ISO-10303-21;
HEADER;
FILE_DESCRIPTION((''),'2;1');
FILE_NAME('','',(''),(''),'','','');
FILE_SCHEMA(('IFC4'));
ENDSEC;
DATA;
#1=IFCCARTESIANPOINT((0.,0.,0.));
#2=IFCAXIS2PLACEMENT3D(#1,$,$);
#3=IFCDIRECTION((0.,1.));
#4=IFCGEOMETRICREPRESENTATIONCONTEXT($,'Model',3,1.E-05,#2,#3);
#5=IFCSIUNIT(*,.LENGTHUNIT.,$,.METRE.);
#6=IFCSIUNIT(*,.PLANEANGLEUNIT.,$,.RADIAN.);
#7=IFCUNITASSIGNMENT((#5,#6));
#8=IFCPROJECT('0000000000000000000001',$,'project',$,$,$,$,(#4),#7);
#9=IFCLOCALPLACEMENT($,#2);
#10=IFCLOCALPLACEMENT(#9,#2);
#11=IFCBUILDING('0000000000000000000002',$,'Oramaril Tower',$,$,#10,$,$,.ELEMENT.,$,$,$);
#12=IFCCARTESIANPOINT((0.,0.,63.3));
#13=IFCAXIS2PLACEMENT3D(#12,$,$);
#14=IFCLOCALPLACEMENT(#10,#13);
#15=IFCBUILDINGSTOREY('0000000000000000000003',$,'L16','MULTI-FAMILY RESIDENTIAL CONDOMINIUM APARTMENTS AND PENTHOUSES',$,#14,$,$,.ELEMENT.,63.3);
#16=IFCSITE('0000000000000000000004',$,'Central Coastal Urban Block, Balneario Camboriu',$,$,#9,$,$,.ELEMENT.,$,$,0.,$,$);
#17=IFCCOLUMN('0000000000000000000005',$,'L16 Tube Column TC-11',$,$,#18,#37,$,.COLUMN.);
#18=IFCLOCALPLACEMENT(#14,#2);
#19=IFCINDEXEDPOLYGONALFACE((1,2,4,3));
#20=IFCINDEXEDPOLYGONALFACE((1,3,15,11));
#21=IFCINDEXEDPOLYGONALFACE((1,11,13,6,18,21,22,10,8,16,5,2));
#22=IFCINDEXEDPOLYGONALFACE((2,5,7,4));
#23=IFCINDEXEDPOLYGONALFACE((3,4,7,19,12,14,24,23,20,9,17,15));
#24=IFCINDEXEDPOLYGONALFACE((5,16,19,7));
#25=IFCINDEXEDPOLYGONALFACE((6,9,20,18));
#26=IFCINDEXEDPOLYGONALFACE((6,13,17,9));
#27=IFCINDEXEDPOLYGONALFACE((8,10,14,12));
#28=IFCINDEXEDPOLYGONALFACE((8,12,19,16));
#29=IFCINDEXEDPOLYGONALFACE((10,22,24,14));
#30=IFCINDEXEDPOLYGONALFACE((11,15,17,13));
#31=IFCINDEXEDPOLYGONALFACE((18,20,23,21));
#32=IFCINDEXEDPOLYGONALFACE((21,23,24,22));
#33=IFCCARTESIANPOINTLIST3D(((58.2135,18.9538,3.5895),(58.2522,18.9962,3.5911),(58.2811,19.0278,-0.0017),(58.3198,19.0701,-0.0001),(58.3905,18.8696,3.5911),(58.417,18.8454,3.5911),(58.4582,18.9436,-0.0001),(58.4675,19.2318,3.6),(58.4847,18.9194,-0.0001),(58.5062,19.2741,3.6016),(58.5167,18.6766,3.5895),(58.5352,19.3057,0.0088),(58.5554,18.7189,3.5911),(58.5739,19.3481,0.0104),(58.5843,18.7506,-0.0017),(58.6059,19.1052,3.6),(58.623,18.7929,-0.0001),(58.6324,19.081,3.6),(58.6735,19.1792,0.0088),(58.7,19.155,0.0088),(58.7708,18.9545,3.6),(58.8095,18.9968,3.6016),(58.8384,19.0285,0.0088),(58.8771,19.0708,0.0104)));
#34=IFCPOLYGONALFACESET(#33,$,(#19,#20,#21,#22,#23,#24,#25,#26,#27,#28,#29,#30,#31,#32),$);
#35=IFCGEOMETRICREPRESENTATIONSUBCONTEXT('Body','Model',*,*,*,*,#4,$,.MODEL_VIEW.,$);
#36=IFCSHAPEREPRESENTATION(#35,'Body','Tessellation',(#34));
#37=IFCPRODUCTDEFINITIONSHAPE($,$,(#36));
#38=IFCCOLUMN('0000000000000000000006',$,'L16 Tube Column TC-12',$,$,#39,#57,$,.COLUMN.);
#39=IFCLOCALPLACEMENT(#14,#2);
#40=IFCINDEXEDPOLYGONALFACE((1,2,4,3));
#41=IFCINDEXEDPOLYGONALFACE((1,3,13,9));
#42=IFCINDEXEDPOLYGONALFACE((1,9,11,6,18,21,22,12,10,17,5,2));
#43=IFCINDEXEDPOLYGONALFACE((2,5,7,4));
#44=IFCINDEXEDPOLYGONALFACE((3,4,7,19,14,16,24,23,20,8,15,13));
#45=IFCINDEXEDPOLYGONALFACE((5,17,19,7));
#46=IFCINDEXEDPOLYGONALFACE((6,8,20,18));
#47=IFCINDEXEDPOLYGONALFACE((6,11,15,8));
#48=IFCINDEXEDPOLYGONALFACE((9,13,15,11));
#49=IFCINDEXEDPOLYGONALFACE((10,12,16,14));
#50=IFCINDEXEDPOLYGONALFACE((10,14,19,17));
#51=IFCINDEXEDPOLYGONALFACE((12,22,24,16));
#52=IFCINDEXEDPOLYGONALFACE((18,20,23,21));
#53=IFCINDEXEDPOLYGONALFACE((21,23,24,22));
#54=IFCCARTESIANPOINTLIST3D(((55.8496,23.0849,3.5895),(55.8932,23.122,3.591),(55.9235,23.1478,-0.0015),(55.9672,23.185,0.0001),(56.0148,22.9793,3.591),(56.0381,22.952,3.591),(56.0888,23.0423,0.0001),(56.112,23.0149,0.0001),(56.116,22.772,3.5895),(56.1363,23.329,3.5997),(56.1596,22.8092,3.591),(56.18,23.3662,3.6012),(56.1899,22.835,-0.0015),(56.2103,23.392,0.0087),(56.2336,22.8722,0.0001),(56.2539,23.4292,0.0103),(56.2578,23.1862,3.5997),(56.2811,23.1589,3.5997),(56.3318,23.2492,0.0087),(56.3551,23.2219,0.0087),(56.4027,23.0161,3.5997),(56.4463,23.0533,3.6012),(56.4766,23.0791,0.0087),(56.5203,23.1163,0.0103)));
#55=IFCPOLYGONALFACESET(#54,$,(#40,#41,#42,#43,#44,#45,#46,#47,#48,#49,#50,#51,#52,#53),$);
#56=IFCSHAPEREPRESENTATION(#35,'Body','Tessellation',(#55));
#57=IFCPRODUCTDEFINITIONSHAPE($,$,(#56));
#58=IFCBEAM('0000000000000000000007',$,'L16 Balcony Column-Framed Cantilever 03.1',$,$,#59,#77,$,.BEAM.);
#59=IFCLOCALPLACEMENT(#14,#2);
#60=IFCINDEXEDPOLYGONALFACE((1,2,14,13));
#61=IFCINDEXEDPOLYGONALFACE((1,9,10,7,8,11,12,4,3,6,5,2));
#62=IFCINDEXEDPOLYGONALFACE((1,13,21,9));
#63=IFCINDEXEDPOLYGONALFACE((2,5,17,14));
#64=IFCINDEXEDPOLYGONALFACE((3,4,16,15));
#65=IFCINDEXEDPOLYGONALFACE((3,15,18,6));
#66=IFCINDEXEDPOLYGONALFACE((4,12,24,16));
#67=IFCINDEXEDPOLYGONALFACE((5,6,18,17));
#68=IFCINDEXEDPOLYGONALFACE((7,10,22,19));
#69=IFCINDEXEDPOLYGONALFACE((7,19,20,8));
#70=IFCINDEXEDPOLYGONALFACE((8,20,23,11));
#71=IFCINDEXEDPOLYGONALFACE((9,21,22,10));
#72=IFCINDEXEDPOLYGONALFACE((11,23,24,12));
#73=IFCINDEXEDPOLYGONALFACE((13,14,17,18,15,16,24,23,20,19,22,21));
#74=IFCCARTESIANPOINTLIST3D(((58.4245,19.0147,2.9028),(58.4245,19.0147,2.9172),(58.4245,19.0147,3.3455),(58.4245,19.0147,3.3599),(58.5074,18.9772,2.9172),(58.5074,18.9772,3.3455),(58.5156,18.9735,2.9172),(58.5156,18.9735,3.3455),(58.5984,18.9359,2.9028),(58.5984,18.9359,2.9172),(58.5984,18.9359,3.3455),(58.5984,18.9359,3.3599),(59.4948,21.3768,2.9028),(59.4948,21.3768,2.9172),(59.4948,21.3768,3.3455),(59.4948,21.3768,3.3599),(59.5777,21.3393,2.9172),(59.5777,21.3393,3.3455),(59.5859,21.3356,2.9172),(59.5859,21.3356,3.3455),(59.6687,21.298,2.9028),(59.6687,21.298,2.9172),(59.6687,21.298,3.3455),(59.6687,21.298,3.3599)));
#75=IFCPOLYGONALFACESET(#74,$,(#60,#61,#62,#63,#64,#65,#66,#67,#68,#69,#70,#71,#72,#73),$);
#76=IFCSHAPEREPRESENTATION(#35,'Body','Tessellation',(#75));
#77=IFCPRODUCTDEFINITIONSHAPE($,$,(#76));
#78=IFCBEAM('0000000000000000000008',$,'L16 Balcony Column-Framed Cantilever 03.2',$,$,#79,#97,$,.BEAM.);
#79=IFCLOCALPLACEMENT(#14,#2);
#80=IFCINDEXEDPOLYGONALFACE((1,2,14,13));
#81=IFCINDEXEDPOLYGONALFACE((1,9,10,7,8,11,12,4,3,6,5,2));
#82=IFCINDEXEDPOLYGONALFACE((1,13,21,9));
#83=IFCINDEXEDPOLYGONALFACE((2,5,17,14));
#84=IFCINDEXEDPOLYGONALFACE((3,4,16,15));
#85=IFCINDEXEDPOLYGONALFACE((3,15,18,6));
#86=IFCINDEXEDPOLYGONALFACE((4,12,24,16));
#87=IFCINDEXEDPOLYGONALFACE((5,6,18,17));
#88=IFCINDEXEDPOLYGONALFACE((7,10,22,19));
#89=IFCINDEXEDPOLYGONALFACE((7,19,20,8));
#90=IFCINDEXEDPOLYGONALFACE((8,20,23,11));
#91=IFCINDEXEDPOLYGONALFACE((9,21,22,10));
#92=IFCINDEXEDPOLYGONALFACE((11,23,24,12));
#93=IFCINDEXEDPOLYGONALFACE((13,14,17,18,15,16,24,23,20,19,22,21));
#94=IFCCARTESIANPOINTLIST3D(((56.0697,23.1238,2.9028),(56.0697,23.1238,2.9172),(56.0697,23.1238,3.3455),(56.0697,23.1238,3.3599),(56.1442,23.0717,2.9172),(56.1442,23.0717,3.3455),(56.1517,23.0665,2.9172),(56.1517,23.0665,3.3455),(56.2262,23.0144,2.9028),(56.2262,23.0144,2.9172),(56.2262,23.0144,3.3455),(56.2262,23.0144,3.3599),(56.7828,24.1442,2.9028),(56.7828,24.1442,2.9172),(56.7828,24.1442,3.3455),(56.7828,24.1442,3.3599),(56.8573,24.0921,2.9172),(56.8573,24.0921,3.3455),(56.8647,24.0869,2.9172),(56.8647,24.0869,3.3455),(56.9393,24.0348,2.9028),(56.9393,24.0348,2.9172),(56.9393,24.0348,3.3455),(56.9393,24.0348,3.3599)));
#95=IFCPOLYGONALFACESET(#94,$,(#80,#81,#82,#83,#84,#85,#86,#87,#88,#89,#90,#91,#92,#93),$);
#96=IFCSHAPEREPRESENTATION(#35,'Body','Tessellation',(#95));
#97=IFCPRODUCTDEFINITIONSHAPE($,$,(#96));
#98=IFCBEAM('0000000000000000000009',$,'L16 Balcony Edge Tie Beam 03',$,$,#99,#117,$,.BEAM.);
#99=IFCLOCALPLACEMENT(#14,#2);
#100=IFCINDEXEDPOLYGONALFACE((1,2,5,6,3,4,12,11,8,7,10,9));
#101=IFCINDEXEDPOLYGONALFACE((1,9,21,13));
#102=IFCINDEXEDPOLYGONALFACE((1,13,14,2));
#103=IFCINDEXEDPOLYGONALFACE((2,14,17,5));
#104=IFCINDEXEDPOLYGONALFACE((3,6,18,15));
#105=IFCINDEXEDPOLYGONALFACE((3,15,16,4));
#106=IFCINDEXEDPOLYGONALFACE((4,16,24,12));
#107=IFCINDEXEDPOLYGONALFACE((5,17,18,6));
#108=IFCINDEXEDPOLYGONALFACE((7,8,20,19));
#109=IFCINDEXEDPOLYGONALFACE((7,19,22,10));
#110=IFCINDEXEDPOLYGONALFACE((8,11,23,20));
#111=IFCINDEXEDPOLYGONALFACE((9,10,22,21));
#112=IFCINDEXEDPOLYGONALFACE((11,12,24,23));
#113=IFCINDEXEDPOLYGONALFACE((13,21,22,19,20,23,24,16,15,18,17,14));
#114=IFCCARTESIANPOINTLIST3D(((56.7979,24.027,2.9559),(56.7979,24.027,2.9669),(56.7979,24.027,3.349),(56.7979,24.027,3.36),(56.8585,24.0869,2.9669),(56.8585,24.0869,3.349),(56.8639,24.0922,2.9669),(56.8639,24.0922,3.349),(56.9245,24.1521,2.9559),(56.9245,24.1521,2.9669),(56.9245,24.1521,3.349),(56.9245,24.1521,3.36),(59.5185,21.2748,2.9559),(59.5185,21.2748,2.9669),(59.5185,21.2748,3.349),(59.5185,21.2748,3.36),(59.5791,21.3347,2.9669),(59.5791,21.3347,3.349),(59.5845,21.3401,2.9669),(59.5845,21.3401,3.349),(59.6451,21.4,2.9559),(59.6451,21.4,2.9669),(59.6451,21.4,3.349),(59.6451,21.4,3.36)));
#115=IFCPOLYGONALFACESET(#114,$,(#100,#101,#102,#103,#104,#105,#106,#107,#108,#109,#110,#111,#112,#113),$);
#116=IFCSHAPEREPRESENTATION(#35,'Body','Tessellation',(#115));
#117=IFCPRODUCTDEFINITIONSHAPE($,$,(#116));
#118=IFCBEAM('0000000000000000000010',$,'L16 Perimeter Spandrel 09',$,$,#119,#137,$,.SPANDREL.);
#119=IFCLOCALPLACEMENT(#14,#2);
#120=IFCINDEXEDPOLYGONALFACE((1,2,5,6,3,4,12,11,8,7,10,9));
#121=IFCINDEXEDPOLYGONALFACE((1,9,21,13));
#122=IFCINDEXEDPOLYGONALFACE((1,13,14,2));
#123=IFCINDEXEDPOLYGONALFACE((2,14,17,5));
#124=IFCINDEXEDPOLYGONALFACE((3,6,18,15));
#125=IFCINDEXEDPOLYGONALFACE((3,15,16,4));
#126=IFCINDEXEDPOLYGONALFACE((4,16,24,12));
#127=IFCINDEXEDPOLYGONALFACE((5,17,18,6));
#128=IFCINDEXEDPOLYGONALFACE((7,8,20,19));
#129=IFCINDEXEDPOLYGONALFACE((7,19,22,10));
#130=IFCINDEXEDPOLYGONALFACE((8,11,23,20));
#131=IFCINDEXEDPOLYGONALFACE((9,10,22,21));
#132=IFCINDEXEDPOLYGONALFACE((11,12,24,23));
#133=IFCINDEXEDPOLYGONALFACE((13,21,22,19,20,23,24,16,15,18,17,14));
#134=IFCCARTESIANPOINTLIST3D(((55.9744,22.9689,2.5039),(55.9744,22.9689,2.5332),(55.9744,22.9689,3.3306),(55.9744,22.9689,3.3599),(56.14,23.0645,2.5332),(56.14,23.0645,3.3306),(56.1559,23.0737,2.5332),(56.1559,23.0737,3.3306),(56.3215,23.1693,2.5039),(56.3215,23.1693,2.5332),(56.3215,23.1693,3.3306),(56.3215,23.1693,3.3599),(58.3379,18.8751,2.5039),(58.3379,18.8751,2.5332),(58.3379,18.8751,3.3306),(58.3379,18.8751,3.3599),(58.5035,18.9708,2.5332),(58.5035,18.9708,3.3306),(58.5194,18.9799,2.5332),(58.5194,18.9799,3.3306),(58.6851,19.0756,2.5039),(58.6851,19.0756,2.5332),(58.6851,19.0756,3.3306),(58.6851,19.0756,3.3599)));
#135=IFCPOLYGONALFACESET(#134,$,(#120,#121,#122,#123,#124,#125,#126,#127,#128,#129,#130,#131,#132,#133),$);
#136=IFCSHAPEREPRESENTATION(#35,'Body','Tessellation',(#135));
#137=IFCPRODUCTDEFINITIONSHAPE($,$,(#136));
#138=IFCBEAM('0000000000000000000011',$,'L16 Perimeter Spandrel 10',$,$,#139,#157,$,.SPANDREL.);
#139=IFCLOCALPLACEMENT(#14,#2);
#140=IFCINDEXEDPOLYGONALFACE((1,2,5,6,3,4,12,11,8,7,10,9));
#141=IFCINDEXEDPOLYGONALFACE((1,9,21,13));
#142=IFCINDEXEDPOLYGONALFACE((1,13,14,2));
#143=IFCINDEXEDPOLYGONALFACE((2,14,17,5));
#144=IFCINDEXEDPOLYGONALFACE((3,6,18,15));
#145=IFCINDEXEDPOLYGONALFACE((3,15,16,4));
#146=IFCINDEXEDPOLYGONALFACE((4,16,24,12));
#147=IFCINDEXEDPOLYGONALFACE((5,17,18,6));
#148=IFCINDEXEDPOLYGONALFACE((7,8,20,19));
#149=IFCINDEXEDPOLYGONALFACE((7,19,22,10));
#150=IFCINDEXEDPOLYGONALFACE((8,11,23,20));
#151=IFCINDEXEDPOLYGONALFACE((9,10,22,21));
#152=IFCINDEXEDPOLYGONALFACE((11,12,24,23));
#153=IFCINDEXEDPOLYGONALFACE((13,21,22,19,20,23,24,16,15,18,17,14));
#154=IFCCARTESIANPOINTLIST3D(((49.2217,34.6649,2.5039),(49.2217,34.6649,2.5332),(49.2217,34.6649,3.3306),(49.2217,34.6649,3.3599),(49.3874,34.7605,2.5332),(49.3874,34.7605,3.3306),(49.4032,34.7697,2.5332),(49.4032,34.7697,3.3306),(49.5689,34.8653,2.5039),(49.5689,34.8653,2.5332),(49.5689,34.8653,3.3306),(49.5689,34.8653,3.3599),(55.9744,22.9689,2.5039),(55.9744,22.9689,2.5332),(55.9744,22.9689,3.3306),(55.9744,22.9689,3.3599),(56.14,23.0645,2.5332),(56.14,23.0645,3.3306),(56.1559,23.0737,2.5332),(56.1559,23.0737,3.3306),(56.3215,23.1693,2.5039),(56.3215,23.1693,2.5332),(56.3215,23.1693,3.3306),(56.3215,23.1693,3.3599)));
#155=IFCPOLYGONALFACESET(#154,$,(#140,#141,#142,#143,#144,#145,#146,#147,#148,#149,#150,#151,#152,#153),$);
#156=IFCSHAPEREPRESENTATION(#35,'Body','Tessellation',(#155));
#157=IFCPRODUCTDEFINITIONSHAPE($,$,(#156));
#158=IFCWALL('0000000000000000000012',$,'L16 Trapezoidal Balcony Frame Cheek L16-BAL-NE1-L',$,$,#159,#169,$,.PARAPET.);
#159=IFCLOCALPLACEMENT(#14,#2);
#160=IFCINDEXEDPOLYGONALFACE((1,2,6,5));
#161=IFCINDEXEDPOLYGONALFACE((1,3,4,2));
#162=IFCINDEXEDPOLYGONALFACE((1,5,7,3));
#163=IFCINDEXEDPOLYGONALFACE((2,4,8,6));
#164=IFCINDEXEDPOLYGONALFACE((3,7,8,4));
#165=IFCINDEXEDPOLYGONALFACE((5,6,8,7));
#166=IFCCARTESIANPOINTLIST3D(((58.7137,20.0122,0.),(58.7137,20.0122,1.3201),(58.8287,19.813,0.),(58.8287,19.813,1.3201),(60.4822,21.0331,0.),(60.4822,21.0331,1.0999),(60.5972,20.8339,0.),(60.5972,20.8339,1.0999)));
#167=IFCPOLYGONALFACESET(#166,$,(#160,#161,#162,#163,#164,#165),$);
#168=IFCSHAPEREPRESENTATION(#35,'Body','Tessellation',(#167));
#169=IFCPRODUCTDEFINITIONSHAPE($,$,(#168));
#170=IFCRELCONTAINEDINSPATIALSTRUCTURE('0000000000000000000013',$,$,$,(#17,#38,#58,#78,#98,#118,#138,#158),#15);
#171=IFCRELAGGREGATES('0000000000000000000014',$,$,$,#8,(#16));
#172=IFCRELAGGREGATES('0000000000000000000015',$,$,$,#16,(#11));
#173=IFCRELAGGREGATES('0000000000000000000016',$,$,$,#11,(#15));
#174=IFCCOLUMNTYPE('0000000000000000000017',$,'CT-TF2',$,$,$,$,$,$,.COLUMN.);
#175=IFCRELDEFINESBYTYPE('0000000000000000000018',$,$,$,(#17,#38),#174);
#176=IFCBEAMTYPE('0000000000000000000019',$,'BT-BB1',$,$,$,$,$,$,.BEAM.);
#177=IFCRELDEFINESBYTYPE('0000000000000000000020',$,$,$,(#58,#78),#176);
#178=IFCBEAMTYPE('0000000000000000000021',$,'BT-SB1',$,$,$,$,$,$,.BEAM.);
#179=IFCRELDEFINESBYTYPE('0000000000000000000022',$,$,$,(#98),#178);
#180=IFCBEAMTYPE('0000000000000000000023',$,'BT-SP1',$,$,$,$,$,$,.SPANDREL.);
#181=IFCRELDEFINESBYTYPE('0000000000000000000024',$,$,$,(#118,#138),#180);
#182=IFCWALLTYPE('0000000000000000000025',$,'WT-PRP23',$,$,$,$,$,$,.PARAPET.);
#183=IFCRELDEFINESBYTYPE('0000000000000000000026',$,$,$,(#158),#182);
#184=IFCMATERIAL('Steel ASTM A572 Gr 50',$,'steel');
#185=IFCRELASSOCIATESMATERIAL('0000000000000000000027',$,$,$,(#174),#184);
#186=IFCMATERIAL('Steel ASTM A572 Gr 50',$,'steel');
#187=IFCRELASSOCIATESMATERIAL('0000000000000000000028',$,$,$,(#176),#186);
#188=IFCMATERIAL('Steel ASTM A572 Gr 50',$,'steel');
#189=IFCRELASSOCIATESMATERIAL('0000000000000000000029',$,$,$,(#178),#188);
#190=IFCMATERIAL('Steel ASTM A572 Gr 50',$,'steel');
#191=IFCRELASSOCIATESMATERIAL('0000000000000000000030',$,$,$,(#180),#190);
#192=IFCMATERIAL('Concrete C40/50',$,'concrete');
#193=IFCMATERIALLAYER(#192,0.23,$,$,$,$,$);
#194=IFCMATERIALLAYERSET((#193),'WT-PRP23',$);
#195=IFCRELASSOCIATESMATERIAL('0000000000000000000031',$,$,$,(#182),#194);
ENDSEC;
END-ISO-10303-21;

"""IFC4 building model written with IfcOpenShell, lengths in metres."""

from ifc_helpers import new_model, si_unit, direction, frame, origin, origin_2d, place, context, subcontext, project, spatial, polyline, i_section, outline, extrude, material, layer, layer_set, material_profile, profile_set, type_object, element, save


model = new_model("IFC4")

# Units and contexts
model_context = context("Model", 3, precision=1e-05, world=origin(), true_north=direction((0.0, 1.0)))
body_context = subcontext(model_context, "Body", "Model", "MODEL_VIEW")
ifc_project = project(units=[si_unit("LENGTHUNIT", "METRE"), si_unit("PLANEANGLEUNIT", "RADIAN")], contexts=[model_context])

# Site, building, storey
site_placement = place(None, origin())
site = spatial("IfcSite", under=ifc_project, at=site_placement, Name="Central Coastal Urban Block, Balneario Camboriu", CompositionType="ELEMENT", RefElevation=0.0)
building_placement = place(site_placement, origin())
building = spatial("IfcBuilding", under=site, at=building_placement, Name="Oramaril Tower", CompositionType="ELEMENT")
storey_placement = place(building_placement, frame((0.0, 0.0, 63.3)))
storey = spatial("IfcBuildingStorey", under=building, at=storey_placement, Name="L16", Description="MULTI-FAMILY RESIDENTIAL CONDOMINIUM APARTMENTS AND PENTHOUSES", CompositionType="ELEMENT", Elevation=63.3)

# Columns
ifc_material_1 = material(Name="Steel ASTM A572 Gr 50", Category="steel")
ifc_material_profile_1 = material_profile(ifc_material_1, i_section(OverallWidth=0.4109, OverallDepth=0.4341, WebThickness=0.0359, FlangeThickness=0.0574, at=origin_2d()), Name="W14X311")
ifc_profile_set_1 = profile_set([ifc_material_profile_1], Name="Steel ASTM A572 Gr 50")
column_type = type_object("IfcColumnType", Name="CT-TF2", PredefinedType="COLUMN", material=ifc_profile_set_1)
column_1_placement = place(storey_placement, frame((58.5791, 19.0493, 0.0044), z_axis=(-0.018825, -0.020592, 0.999611), x_axis=(0.738063, -0.674731, 0.0)))
element("IfcColumn", 1, at=column_1_placement, inside=storey, type_object=column_type, Name="L16 Tube Column TC-11", PredefinedType="COLUMN", context=body_context, shape_type="SweptSolid", body=[
    extrude(i_section(OverallWidth=0.4109, OverallDepth=0.4341, WebThickness=0.0359, FlangeThickness=0.0574, at=origin_2d()), origin(), (0.0, 0.0, 1.0), 3.5925),
])
column_2_placement = place(storey_placement, frame((56.2219, 23.1321, 0.0044), z_axis=(-0.020592, -0.017534, 0.999634), x_axis=(0.648305, -0.761381, 0.0)))
element("IfcColumn", 2, at=column_2_placement, inside=storey, type_object=column_type, Name="L16 Tube Column TC-12", PredefinedType="COLUMN", context=body_context, shape_type="SweptSolid", body=[
    extrude(i_section(OverallWidth=0.4109, OverallDepth=0.4341, WebThickness=0.0359, FlangeThickness=0.0574, at=origin_2d()), origin(), (0.0, 0.0, 1.0), 3.5923),
])

# Beams
ifc_material_2 = material(Name="Steel ASTM A572 Gr 50", Category="steel")
ifc_material_profile_2 = material_profile(ifc_material_2, i_section(OverallWidth=0.1909, OverallDepth=0.457, WebThickness=0.009, FlangeThickness=0.0144, at=origin_2d()), Name="W18X50")
ifc_profile_set_2 = profile_set([ifc_material_profile_2], Name="Steel ASTM A572 Gr 50")
beam_type_1 = type_object("IfcBeamType", Name="BT-BB1", PredefinedType="BEAM", material=ifc_profile_set_2)
beam_1_placement = place(storey_placement, frame((58.5115, 18.9753, 3.1313), z_axis=(0.412732, 0.910853, 0.0), x_axis=(-0.910853, 0.412732, 0.0)))
element("IfcBeam", 3, at=beam_1_placement, inside=storey, type_object=beam_type_1, Name="L16 Balcony Column-Framed Cantilever 03.1", PredefinedType="BEAM", context=body_context, shape_type="SweptSolid", body=[
    extrude(i_section(OverallWidth=0.1909, OverallDepth=0.457, WebThickness=0.009, FlangeThickness=0.0144, at=origin_2d()), origin(), (0.0, 0.0, 1.0), 2.5933),
])
beam_2_placement = place(storey_placement, frame((56.1479, 23.0691, 3.1313), z_axis=(0.572804, 0.819692, 0.0), x_axis=(-0.819692, 0.572804, 0.0)))
element("IfcBeam", 4, at=beam_2_placement, inside=storey, type_object=beam_type_1, Name="L16 Balcony Column-Framed Cantilever 03.2", PredefinedType="BEAM", context=body_context, shape_type="SweptSolid", body=[
    extrude(i_section(OverallWidth=0.1909, OverallDepth=0.457, WebThickness=0.009, FlangeThickness=0.0144, at=origin_2d()), origin(), (0.0, 0.0, 1.0), 1.2449),
])
ifc_material_3 = material(Name="Steel ASTM A572 Gr 50", Category="steel")
ifc_material_profile_3 = material_profile(ifc_material_3, i_section(OverallWidth=0.178, OverallDepth=0.4041, WebThickness=0.0076, FlangeThickness=0.011, at=origin_2d()), Name="W16X36")
ifc_profile_set_3 = profile_set([ifc_material_profile_3], Name="Steel ASTM A572 Gr 50")
beam_type_2 = type_object("IfcBeamType", Name="BT-SB1", PredefinedType="BEAM", material=ifc_profile_set_3)
beam_3_placement = place(storey_placement, frame((59.5818, 21.3374, 3.158), z_axis=(-0.703026, 0.711164, 0.0), x_axis=(-0.711164, -0.703026, 0.0)))
element("IfcBeam", 5, at=beam_3_placement, inside=storey, type_object=beam_type_2, Name="L16 Balcony Edge Tie Beam 03", PredefinedType="BEAM", context=body_context, shape_type="SweptSolid", body=[
    extrude(i_section(OverallWidth=0.178, OverallDepth=0.4041, WebThickness=0.0076, FlangeThickness=0.011, at=origin_2d()), origin(), (0.0, 0.0, 1.0), 3.8699),
])
ifc_material_4 = material(Name="Steel ASTM A572 Gr 50", Category="steel")
ifc_material_profile_4 = material_profile(ifc_material_4, i_section(OverallWidth=0.4009, OverallDepth=0.856, WebThickness=0.0183, FlangeThickness=0.0293, at=origin_2d()), Name="W33X201")
ifc_profile_set_4 = profile_set([ifc_material_profile_4], Name="Steel ASTM A572 Gr 50")
beam_type_3 = type_object("IfcBeamType", Name="BT-SP1", PredefinedType="SPANDREL", material=ifc_profile_set_4)
beam_4_placement = place(storey_placement, frame((58.5115, 18.9753, 2.9319), z_axis=(-0.5, 0.866026, 0.0), x_axis=(-0.866026, -0.5, 0.0)))
element("IfcBeam", 6, at=beam_4_placement, inside=storey, type_object=beam_type_3, Name="L16 Perimeter Spandrel 09", PredefinedType="SPANDREL", context=body_context, shape_type="SweptSolid", body=[
    extrude(i_section(OverallWidth=0.4009, OverallDepth=0.856, WebThickness=0.0183, FlangeThickness=0.0293, at=origin_2d()), origin(), (0.0, 0.0, 1.0), 4.7271),
])
beam_5_placement = place(storey_placement, frame((56.1479, 23.0691, 2.9319), z_axis=(-0.499998, 0.866026, 0.0), x_axis=(-0.866026, -0.499998, 0.0)))
element("IfcBeam", 7, at=beam_5_placement, inside=storey, type_object=beam_type_3, Name="L16 Perimeter Spandrel 10", PredefinedType="SPANDREL", context=body_context, shape_type="SweptSolid", body=[
    extrude(i_section(OverallWidth=0.4009, OverallDepth=0.856, WebThickness=0.0183, FlangeThickness=0.0293, at=origin_2d()), origin(), (0.0, 0.0, 1.0), 13.5054),
])

# Wall
ifc_material_5 = material(Name="Concrete C40/50", Category="concrete")
ifc_layer_1 = layer(ifc_material_5, 0.23)
ifc_layer_set_1 = layer_set([ifc_layer_1], Name="WT-PRP23")
wall_type_1 = type_object("IfcWallType", Name="WT-PRP23", PredefinedType="PARAPET", material=ifc_layer_set_1)
wall_1_placement = place(storey_placement, frame((58.7712, 19.9126, 0.0), z_axis=(0.0, 0.0, 1.0), x_axis=(0.866042, 0.499971, 0.0)))
element("IfcWall", 8, at=wall_1_placement, inside=storey, type_object=wall_type_1, Name="L16 Trapezoidal Balcony Frame Cheek L16-BAL-NE1-L", PredefinedType="PARAPET", context=body_context, shape_type="SweptSolid", body=[
    extrude(outline(polyline([(0.0, 0.0), (2.042, 0.0), (2.042, 1.0999), (0.0, 1.3201), (0.0, 0.0)])), frame((0.0, 0.115, 0.0), z_axis=(0.0, -1.0, 0.0), x_axis=(1.0, 0.0, 0.0)), (0.0, 0.0, 1.0), 0.23),
])

save(model, "model.ifc")
